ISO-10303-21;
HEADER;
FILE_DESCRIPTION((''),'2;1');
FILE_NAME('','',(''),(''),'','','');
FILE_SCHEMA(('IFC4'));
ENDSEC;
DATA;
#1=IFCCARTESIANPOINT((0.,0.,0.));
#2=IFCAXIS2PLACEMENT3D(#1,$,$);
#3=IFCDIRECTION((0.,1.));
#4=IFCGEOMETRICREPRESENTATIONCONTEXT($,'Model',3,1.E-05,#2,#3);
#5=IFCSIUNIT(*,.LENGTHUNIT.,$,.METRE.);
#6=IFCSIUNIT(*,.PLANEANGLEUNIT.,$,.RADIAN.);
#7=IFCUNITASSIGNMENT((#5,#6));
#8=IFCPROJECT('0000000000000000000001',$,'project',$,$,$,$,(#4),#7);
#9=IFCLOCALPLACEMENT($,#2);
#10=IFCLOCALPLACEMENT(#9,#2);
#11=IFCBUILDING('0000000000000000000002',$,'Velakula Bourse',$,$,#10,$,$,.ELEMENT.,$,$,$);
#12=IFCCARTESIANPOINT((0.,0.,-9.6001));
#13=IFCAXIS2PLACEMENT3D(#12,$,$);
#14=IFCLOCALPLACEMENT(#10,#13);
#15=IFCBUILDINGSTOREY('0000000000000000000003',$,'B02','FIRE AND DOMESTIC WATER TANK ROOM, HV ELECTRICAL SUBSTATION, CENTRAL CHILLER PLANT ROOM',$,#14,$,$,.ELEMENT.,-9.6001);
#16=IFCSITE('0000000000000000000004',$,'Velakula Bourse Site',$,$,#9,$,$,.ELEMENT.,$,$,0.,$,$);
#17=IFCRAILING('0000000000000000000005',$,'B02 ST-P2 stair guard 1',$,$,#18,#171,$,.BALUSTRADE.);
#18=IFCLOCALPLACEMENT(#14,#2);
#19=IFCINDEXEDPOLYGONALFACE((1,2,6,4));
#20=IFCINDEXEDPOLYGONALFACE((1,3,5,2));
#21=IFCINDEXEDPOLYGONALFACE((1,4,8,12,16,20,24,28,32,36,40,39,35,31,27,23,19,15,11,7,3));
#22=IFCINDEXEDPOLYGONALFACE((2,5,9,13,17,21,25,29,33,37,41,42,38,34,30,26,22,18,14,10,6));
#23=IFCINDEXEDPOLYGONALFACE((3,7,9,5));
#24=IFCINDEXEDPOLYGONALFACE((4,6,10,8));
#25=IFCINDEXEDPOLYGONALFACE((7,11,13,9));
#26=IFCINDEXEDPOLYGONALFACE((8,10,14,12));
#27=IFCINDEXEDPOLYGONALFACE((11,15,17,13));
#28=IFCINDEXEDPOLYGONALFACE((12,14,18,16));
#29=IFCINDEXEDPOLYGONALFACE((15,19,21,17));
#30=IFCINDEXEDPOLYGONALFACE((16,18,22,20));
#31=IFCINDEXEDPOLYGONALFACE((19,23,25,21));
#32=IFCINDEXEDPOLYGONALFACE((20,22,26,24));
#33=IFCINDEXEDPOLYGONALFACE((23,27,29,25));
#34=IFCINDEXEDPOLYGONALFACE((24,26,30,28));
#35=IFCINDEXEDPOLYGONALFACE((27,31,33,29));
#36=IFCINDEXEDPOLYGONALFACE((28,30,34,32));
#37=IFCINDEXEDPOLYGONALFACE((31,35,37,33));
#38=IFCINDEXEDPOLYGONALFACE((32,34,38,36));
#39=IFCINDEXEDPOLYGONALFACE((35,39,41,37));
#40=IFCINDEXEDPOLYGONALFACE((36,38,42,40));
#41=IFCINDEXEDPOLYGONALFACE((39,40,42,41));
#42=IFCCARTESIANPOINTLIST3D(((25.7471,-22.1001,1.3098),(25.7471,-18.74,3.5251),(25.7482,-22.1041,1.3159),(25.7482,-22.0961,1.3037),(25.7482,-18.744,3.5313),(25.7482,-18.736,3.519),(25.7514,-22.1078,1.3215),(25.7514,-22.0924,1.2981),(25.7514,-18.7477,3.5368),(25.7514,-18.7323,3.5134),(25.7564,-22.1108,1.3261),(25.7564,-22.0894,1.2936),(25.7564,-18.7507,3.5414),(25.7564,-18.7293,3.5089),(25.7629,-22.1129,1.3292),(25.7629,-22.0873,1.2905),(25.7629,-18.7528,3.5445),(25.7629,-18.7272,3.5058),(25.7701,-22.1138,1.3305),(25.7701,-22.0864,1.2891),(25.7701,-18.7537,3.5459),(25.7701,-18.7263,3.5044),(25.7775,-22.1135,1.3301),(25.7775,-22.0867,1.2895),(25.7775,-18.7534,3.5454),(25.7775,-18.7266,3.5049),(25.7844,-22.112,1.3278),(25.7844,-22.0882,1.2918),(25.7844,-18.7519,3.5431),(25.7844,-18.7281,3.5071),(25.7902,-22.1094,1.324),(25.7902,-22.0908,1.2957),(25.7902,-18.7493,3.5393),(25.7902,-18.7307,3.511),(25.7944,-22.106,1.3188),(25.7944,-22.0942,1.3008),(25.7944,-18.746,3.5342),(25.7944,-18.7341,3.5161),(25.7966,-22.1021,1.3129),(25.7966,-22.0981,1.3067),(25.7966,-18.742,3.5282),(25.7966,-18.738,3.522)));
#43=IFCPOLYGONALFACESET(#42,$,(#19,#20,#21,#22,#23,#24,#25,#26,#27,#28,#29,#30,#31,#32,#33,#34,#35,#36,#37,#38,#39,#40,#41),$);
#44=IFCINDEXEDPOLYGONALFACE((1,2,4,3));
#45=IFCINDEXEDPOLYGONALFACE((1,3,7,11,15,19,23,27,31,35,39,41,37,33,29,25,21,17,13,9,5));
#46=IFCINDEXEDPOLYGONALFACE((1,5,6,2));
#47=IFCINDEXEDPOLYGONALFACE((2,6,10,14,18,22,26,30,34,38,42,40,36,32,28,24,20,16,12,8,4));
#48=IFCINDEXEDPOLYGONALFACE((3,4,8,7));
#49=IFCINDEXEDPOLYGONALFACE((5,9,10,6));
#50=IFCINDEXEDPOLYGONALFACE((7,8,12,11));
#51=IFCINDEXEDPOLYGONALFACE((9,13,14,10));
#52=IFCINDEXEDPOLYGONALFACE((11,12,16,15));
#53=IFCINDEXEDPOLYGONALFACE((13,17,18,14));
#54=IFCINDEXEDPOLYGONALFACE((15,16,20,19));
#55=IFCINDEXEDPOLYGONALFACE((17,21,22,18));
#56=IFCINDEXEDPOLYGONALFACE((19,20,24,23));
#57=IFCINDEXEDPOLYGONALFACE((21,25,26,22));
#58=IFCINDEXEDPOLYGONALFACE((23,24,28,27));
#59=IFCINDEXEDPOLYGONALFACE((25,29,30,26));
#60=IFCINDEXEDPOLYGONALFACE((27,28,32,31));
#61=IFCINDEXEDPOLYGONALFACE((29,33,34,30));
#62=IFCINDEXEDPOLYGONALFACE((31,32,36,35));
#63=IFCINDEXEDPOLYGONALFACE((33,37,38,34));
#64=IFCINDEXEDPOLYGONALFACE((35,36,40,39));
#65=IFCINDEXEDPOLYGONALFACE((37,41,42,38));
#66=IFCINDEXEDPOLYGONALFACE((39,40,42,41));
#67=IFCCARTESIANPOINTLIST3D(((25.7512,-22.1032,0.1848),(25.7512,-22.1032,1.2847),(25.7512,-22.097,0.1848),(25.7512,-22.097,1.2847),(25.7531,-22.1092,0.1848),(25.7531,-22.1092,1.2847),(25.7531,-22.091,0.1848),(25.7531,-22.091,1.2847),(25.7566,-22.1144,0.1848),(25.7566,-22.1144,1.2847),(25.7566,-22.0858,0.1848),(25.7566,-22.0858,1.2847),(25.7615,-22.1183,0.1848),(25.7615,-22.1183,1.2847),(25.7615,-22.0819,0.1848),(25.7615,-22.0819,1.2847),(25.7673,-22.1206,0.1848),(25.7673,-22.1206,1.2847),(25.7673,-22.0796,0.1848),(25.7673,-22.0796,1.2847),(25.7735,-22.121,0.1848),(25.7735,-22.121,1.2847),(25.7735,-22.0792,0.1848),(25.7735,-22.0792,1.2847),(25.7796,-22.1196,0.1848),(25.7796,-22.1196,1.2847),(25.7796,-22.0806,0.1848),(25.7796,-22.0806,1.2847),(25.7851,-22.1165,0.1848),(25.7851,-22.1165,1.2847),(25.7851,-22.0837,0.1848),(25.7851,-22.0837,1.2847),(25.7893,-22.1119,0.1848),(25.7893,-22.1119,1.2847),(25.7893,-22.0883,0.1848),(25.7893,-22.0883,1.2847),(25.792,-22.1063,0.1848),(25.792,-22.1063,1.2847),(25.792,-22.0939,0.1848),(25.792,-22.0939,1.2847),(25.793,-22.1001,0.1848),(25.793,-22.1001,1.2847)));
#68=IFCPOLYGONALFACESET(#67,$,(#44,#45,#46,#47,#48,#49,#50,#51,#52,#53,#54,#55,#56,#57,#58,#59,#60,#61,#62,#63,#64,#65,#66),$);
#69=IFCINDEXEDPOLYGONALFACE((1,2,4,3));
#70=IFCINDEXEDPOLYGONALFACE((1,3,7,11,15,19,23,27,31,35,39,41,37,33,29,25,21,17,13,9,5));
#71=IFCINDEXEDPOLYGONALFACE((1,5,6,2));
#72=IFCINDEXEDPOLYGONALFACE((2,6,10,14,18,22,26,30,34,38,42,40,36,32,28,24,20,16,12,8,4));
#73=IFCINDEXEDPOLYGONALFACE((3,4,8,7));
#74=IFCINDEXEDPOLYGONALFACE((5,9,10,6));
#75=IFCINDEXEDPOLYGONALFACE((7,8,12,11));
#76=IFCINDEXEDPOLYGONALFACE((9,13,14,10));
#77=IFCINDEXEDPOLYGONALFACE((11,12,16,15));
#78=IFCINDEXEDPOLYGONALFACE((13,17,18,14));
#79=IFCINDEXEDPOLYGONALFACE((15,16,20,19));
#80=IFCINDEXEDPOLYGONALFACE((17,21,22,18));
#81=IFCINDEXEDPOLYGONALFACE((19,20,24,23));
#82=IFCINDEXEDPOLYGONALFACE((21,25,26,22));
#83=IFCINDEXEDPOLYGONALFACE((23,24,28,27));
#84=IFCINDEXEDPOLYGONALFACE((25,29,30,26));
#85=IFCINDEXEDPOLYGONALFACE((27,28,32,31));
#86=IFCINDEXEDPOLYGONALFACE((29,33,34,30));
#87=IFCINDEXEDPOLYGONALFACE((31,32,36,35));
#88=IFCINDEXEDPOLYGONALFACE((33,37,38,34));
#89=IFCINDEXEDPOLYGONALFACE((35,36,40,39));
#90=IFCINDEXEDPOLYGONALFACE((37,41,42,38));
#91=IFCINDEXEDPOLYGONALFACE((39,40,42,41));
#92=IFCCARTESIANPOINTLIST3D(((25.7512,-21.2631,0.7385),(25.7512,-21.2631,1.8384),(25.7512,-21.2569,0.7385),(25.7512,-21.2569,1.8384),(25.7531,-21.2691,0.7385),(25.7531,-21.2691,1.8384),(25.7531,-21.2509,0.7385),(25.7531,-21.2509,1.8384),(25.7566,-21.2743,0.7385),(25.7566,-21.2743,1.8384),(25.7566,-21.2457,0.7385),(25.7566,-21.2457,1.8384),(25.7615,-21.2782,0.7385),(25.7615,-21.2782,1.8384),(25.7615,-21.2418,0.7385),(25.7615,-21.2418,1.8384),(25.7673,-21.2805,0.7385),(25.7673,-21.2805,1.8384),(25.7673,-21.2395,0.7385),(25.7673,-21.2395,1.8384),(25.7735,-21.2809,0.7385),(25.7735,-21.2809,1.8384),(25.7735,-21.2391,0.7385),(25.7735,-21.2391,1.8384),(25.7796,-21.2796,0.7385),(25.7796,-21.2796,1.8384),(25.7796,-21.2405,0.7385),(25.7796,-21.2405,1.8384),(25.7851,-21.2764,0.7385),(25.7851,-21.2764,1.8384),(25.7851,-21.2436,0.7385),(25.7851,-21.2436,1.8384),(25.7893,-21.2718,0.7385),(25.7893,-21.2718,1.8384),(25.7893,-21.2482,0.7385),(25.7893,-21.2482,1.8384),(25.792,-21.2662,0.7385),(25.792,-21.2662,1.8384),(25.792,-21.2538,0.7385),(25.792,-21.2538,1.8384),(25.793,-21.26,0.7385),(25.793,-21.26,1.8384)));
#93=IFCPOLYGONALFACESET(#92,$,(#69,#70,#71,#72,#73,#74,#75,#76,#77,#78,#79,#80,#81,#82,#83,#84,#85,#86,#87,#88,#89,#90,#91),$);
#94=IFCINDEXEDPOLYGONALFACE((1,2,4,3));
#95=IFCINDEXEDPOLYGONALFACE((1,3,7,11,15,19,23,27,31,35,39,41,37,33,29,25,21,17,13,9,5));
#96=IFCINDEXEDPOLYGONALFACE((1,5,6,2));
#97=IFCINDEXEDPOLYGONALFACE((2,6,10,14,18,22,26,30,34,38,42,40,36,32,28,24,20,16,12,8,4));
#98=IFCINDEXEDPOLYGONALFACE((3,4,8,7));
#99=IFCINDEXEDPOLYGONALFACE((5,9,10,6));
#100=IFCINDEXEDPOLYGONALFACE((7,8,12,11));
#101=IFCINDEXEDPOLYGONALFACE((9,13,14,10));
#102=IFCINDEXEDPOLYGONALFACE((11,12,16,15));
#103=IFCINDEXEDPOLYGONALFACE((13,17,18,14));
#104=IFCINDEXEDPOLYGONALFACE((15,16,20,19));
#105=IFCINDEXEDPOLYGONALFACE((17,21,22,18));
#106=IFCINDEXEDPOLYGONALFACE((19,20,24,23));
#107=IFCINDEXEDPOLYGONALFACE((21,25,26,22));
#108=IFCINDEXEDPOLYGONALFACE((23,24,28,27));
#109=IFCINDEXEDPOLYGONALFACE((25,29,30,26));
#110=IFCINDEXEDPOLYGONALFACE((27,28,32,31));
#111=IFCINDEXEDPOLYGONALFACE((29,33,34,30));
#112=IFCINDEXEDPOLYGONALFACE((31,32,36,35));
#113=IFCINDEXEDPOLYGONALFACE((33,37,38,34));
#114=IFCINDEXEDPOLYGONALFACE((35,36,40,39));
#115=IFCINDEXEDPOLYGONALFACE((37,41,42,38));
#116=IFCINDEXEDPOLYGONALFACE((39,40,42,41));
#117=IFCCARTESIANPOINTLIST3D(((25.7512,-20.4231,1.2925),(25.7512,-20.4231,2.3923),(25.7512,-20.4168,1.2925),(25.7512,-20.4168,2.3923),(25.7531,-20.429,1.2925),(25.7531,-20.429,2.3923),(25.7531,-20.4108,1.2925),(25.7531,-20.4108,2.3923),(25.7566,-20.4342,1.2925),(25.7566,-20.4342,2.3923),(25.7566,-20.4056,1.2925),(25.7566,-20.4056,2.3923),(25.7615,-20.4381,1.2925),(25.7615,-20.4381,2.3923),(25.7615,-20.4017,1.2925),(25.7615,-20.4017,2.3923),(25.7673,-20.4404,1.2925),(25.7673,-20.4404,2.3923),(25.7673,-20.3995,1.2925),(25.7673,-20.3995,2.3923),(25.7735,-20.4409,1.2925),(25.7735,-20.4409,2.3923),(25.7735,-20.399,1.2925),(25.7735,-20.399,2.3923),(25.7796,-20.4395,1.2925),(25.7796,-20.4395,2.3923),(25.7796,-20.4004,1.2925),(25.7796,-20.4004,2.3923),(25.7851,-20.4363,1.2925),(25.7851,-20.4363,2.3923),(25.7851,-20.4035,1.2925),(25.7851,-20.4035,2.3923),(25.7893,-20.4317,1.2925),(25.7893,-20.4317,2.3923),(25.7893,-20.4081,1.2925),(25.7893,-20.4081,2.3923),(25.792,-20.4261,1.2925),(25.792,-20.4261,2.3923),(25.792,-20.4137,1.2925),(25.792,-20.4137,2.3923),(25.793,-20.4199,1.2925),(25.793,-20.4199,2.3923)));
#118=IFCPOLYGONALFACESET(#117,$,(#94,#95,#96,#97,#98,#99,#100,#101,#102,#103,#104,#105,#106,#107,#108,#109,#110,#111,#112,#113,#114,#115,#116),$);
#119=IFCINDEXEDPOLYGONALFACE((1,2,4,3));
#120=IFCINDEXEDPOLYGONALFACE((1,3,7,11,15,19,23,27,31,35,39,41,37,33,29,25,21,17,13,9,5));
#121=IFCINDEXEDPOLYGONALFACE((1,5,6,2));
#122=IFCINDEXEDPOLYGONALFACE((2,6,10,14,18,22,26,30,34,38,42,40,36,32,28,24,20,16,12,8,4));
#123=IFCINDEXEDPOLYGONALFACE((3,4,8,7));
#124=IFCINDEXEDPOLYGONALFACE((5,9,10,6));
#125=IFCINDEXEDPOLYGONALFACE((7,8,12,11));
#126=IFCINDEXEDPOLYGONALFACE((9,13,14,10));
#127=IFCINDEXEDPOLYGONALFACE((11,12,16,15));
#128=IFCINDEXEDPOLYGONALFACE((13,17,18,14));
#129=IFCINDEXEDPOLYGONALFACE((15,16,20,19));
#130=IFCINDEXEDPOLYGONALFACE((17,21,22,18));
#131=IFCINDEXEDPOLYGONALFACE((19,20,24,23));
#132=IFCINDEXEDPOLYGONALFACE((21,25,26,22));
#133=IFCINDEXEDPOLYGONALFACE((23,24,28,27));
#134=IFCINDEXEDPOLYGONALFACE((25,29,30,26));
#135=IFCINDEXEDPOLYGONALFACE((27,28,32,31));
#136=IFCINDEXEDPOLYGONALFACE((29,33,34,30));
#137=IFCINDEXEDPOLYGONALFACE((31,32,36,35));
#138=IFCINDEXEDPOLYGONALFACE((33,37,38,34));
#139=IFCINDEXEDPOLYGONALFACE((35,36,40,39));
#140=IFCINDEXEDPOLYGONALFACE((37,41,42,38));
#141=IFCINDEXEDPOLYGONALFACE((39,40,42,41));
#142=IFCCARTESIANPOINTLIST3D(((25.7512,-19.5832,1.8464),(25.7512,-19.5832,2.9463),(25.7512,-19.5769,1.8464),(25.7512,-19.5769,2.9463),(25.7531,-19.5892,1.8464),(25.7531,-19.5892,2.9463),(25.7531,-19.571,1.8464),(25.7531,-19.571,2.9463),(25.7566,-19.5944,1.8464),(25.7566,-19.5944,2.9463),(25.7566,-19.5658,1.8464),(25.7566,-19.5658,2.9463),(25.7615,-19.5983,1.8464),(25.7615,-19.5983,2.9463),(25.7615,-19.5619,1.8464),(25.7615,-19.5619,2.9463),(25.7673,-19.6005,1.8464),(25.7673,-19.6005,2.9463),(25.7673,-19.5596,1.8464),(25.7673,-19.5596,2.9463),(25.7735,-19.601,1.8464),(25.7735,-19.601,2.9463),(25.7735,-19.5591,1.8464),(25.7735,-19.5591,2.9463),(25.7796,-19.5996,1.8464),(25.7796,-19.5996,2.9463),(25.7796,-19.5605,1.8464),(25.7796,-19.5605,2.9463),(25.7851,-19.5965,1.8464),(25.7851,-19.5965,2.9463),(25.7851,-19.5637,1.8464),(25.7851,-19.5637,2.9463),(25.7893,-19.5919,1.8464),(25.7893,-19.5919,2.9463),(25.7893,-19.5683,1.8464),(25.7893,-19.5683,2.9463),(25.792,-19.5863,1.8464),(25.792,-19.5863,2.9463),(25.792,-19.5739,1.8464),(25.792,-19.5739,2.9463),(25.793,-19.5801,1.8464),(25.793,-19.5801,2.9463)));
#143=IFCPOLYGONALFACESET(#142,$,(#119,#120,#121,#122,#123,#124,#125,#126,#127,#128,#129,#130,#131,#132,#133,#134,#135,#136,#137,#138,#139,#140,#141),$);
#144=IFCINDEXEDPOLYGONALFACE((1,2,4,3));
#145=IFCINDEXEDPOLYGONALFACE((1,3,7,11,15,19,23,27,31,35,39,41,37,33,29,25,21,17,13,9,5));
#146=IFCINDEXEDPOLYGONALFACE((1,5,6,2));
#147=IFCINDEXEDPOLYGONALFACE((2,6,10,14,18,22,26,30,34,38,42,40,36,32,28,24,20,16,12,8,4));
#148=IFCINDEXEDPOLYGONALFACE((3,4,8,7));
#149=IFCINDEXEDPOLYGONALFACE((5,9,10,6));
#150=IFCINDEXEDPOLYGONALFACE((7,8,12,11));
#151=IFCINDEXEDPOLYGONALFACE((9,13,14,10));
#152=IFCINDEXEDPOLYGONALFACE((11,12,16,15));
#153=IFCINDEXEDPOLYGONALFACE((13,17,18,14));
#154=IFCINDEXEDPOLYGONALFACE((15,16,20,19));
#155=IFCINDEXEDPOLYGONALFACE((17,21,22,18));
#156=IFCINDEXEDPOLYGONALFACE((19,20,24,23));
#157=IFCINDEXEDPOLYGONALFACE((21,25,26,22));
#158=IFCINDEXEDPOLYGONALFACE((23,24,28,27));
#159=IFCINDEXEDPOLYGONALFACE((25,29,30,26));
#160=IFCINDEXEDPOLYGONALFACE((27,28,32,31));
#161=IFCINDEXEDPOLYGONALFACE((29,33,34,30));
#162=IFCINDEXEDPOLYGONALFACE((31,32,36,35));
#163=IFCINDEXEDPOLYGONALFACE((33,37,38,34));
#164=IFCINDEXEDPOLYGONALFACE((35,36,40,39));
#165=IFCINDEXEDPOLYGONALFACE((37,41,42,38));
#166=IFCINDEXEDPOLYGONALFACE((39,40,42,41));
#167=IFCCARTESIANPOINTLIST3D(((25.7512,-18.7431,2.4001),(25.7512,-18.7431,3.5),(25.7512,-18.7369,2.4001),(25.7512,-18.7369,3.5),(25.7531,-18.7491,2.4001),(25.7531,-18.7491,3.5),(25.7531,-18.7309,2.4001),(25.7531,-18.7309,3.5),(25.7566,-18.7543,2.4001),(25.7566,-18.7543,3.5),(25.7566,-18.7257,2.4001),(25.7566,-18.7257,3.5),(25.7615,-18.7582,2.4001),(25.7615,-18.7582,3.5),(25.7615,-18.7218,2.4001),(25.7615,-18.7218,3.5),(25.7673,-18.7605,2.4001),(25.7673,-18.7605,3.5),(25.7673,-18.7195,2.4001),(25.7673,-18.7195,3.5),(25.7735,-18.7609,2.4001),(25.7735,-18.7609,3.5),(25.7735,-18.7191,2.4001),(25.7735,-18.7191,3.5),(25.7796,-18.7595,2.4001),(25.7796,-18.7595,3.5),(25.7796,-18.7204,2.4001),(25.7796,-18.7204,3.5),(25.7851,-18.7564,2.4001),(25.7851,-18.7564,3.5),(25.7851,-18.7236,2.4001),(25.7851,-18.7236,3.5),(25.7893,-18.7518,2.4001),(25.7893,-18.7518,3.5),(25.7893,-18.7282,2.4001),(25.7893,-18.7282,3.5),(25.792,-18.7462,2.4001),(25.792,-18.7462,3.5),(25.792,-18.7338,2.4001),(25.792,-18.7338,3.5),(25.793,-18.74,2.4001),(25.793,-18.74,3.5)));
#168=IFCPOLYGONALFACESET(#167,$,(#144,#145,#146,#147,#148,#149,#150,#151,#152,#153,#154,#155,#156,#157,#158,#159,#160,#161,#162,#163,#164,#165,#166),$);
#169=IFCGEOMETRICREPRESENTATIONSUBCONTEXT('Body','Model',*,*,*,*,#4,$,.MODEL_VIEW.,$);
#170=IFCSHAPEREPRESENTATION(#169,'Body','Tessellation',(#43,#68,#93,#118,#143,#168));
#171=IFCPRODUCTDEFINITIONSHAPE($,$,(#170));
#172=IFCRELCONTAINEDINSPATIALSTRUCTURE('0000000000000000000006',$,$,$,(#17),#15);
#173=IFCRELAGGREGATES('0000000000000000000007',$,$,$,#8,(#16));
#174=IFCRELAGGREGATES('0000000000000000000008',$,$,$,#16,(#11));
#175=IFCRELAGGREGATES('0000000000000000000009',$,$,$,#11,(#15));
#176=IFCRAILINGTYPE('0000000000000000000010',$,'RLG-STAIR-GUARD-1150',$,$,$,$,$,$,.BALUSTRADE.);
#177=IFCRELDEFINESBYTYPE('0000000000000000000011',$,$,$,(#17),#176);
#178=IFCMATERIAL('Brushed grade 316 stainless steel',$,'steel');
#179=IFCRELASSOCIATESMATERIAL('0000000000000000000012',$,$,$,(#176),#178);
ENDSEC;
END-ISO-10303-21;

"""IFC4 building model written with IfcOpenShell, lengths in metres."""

from ifc_helpers import new_model, si_unit, direction, frame, origin, origin_2d, place, context, subcontext, project, spatial, circle, extrude, material, type_object, element, save


model = new_model("IFC4")

# Units and contexts
model_context = context("Model", 3, precision=1e-05, world=origin(), true_north=direction((0.0, 1.0)))
body_context = subcontext(model_context, "Body", "Model", "MODEL_VIEW")
ifc_project = project(units=[si_unit("LENGTHUNIT", "METRE"), si_unit("PLANEANGLEUNIT", "RADIAN")], contexts=[model_context])

# Site, building, storey
site_placement = place(None, origin())
site = spatial("IfcSite", under=ifc_project, at=site_placement, Name="Velakula Bourse Site", CompositionType="ELEMENT", RefElevation=0.0)
building_placement = place(site_placement, origin())
building = spatial("IfcBuilding", under=site, at=building_placement, Name="Velakula Bourse", CompositionType="ELEMENT")
storey_placement = place(building_placement, frame((0.0, 0.0, -9.6001)))
storey = spatial("IfcBuildingStorey", under=building, at=storey_placement, Name="B02", Description="FIRE AND DOMESTIC WATER TANK ROOM, HV ELECTRICAL SUBSTATION, CENTRAL CHILLER PLANT ROOM", CompositionType="ELEMENT", Elevation=-9.6001)

# Railing
ifc_material_1 = material(Name="Brushed grade 316 stainless steel", Category="steel")
railing_type_1 = type_object("IfcRailingType", Name="RLG-STAIR-GUARD-1150", PredefinedType="BALUSTRADE", material=ifc_material_1)
railing_1_placement = place(storey_placement, frame((25.772, -22.1001, 0.1848)))
element("IfcRailing", 1, at=railing_1_placement, inside=storey, type_object=railing_type_1, Name="B02 ST-P2 stair guard 1", PredefinedType="BALUSTRADE", context=body_context, shape_type="SweptSolid", body=[
    extrude(circle(Radius=0.0249, at=origin_2d()), frame((0.0, 0.0, 1.125), z_axis=(0.0, 0.834876, 0.550437), x_axis=(-1.0, 0.0, 0.0)), (0.0, 0.0, 1.0), 4.0247),
    extrude(circle(Radius=0.021, at=origin_2d()), origin(), (0.0, 0.0, 1.0), 1.0999),
    extrude(circle(Radius=0.021, at=origin_2d()), frame((0.0, 0.8401, 0.5537)), (0.0, 0.0, 1.0), 1.0999),
    extrude(circle(Radius=0.021, at=origin_2d()), frame((0.0, 1.6802, 1.1077)), (0.0, 0.0, 1.0), 1.0999),
    extrude(circle(Radius=0.021, at=origin_2d()), frame((0.0, 2.52, 1.6616)), (0.0, 0.0, 1.0), 1.0999),
    extrude(circle(Radius=0.021, at=origin_2d()), frame((0.0, 3.3601, 2.2153)), (0.0, 0.0, 1.0), 1.0999),
])

save(model, "model.ifc")
